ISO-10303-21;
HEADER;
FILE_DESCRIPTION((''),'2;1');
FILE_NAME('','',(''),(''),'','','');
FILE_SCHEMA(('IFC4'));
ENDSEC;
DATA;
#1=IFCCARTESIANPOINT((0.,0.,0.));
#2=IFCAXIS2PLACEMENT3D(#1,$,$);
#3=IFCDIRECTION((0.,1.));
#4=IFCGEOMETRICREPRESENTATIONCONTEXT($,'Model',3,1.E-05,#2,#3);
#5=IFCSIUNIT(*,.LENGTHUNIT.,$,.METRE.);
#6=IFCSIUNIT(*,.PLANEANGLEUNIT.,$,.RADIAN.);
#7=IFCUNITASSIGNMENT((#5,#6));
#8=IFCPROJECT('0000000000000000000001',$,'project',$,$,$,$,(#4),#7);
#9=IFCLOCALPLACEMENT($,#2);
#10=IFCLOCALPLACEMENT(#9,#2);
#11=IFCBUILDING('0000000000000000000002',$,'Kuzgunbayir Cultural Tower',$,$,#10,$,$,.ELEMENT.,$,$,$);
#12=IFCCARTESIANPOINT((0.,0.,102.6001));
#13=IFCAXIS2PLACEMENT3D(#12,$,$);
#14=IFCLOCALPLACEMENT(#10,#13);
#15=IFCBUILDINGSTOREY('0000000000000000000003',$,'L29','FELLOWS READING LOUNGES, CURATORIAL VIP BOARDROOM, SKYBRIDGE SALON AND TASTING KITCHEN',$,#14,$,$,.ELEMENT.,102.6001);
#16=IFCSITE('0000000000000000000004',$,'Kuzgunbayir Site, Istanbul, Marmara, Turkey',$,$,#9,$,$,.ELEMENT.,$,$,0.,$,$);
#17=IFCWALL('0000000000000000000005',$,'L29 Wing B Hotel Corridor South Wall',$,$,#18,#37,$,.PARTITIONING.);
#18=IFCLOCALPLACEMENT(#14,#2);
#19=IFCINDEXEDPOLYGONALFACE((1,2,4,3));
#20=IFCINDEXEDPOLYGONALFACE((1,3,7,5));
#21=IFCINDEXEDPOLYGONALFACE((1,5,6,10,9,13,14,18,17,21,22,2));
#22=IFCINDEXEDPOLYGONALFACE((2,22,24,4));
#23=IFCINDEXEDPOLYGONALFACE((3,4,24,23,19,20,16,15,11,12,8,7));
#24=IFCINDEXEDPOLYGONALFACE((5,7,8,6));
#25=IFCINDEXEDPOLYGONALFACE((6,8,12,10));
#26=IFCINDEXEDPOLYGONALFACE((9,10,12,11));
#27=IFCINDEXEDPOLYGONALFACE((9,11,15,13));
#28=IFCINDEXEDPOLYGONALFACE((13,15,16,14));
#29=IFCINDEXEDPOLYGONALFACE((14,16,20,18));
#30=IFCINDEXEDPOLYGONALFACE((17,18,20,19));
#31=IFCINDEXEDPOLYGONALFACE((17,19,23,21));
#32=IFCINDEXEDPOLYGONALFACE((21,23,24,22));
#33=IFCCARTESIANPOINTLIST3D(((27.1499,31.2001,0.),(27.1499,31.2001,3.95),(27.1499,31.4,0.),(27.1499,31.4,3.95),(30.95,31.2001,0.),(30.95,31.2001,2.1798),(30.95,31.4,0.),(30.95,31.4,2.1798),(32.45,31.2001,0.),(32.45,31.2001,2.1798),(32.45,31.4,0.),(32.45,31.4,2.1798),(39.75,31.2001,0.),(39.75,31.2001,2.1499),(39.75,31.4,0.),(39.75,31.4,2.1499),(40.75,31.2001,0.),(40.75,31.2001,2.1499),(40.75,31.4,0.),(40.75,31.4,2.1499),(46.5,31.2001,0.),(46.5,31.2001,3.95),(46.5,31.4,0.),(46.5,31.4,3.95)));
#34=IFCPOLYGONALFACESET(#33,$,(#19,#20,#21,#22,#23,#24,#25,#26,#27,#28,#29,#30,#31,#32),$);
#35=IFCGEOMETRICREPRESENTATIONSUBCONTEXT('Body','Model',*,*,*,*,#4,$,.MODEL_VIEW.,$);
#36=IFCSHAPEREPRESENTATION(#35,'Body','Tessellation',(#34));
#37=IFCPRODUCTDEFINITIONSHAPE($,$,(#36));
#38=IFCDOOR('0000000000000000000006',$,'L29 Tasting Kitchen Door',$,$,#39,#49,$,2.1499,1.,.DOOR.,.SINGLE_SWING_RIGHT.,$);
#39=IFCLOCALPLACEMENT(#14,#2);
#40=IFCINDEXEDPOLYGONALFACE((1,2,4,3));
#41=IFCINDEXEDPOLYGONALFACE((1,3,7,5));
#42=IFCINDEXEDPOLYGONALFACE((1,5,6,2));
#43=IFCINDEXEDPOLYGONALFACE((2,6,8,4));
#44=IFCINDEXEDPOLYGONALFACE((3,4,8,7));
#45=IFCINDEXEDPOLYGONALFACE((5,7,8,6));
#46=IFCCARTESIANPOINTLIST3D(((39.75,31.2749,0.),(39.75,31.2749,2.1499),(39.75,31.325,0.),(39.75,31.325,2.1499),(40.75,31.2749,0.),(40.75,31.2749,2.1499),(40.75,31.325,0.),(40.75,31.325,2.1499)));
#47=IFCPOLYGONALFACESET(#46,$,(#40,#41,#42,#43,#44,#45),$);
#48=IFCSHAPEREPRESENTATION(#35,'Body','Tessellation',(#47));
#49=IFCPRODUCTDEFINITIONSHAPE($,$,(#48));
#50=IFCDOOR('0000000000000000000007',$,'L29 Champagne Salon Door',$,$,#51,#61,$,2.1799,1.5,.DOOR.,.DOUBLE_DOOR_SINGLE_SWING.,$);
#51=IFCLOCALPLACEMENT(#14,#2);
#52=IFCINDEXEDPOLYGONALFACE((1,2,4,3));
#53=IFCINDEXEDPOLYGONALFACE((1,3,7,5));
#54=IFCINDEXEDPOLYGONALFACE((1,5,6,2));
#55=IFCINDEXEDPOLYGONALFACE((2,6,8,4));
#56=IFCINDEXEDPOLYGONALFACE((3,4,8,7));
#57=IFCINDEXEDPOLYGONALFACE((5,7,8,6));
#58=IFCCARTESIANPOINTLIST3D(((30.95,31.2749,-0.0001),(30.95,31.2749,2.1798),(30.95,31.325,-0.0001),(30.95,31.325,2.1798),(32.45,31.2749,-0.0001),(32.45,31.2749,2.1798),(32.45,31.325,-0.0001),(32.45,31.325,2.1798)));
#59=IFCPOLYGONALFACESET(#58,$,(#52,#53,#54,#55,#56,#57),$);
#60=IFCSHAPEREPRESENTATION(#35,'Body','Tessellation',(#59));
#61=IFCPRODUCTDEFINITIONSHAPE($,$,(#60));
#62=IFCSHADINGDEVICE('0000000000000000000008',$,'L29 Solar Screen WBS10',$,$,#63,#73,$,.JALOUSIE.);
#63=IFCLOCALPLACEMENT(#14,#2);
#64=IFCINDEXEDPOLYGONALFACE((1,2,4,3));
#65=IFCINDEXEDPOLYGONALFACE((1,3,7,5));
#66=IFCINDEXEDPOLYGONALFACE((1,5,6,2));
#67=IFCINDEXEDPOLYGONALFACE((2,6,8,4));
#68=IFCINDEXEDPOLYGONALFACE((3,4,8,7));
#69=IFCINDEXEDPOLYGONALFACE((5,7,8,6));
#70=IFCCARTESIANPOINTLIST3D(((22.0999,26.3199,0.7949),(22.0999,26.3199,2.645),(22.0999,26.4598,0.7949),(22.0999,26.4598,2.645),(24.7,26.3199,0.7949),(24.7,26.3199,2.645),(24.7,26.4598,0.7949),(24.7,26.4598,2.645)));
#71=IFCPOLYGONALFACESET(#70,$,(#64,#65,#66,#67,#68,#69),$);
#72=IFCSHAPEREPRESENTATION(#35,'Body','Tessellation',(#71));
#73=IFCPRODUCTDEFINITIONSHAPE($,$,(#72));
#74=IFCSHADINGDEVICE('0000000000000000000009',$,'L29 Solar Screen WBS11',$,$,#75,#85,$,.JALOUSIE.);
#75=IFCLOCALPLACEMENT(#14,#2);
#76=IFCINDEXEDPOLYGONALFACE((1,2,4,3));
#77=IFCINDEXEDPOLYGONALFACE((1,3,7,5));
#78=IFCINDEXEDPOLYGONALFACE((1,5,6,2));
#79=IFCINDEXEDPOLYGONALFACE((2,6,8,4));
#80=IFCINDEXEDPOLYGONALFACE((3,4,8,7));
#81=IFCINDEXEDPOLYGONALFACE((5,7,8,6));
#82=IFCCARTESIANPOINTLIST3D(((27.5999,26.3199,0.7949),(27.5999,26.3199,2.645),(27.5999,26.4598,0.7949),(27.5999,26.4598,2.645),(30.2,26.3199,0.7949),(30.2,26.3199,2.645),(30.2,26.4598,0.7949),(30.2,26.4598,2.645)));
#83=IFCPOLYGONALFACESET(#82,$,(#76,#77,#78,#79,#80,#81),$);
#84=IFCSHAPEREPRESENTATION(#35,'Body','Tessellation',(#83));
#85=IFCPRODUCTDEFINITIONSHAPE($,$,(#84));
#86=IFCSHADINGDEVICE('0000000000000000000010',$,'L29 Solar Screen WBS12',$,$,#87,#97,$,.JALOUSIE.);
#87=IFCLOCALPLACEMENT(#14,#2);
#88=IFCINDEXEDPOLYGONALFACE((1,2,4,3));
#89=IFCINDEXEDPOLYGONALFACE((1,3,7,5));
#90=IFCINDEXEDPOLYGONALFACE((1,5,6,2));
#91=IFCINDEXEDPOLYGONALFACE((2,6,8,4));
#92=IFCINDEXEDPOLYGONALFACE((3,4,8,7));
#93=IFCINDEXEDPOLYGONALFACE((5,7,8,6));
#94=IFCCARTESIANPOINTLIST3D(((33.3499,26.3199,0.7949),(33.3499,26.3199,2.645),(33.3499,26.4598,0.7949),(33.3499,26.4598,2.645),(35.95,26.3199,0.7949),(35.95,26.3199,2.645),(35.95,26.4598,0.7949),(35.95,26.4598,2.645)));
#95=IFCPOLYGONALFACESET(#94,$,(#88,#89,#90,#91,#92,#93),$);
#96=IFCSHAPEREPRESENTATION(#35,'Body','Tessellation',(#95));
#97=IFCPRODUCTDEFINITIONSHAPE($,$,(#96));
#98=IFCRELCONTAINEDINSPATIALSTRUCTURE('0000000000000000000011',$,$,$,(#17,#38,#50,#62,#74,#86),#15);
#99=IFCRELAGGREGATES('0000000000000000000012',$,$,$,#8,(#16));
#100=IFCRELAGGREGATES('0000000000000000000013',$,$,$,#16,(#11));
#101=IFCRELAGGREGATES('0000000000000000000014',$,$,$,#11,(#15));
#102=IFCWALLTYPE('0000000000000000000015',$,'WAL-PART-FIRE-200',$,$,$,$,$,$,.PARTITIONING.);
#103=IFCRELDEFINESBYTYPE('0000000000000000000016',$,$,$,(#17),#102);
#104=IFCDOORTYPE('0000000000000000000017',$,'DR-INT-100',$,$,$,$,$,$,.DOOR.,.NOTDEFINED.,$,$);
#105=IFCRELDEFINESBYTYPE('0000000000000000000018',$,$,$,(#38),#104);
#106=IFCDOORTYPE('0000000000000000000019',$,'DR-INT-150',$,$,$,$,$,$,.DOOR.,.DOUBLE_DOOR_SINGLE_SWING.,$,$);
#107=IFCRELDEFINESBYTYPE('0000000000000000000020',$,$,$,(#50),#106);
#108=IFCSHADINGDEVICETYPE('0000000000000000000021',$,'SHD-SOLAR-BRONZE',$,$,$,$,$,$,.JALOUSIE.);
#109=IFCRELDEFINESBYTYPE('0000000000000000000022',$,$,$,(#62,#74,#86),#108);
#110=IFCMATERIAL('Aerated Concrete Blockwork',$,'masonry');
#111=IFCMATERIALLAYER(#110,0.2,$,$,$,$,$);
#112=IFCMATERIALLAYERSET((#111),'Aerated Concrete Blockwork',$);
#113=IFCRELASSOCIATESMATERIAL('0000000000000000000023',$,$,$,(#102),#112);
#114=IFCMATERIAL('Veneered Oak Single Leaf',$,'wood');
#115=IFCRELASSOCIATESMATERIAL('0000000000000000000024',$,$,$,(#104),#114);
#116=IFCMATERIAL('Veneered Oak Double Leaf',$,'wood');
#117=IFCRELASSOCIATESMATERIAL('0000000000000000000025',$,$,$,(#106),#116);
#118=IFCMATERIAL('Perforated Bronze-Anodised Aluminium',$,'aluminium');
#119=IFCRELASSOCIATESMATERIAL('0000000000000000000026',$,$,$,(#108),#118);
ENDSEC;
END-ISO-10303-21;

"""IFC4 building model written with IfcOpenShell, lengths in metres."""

from ifc_helpers import new_model, si_unit, direction, frame, frame_2d, origin, origin_2d, place, context, subcontext, project, spatial, rectangle, extrude, material, layer, layer_set, type_object, element, fill, save


model = new_model("IFC4")

# Units and contexts
model_context = context("Model", 3, precision=1e-05, world=origin(), true_north=direction((0.0, 1.0)))
body_context = subcontext(model_context, "Body", "Model", "MODEL_VIEW")
ifc_project = project(units=[si_unit("LENGTHUNIT", "METRE"), si_unit("PLANEANGLEUNIT", "RADIAN")], contexts=[model_context])

# Site, building, storey
site_placement = place(None, origin())
site = spatial("IfcSite", under=ifc_project, at=site_placement, Name="Kuzgunbayir Site, Istanbul, Marmara, Turkey", CompositionType="ELEMENT", RefElevation=0.0)
building_placement = place(site_placement, origin())
building = spatial("IfcBuilding", under=site, at=building_placement, Name="Kuzgunbayir Cultural Tower", CompositionType="ELEMENT")
storey_placement = place(building_placement, frame((0.0, 0.0, 102.6001)))
storey = spatial("IfcBuildingStorey", under=building, at=storey_placement, Name="L29", Description="FELLOWS READING LOUNGES, CURATORIAL VIP BOARDROOM, SKYBRIDGE SALON AND TASTING KITCHEN", CompositionType="ELEMENT", Elevation=102.6001)

# Wall, openings, doors
ifc_material_1 = material(Name="Aerated Concrete Blockwork", Category="masonry")
ifc_layer_1 = layer(ifc_material_1, 0.2)
ifc_layer_set_1 = layer_set([ifc_layer_1], Name="Aerated Concrete Blockwork")
wall_type_1 = type_object("IfcWallType", Name="WAL-PART-FIRE-200", PredefinedType="PARTITIONING", material=ifc_layer_set_1)
wall_1_placement = place(storey_placement, frame((27.1499, 31.3, 0.0), z_axis=(0.0, 0.0, 1.0), x_axis=(1.0, 0.0, 0.0)))
wall_1 = element("IfcWall", 1, at=wall_1_placement, inside=storey, type_object=wall_type_1, Name="L29 Wing B Hotel Corridor South Wall", PredefinedType="PARTITIONING", context=body_context, shape_type="SweptSolid", body=[
    extrude(rectangle(XDim=19.3501, YDim=0.2, at=frame_2d((9.675, 0.0))), origin(), (0.0, 0.0, 1.0), 3.95),
])
opening_1_placement = place(wall_1_placement, frame((3.8, 0.0, 0.0)))
opening_1 = element("IfcOpeningElement", 2, at=opening_1_placement, cuts=wall_1, PredefinedType="OPENING", context=body_context, shape_type="SweptSolid", body=[
    extrude(rectangle(XDim=1.5, YDim=2.1799, at=frame_2d((0.75, 1.0898))), frame((0.0, 0.1099, 0.0), z_axis=(0.0, -1.0, 0.0), x_axis=(1.0, 0.0, 0.0)), (0.0, 0.0, 1.0), 0.22),
])
opening_2_placement = place(wall_1_placement, frame((12.6001, 0.0, 0.0)))
opening_2 = element("IfcOpeningElement", 3, at=opening_2_placement, cuts=wall_1, PredefinedType="OPENING", context=body_context, shape_type="SweptSolid", body=[
    extrude(rectangle(XDim=1.0, YDim=2.1499, at=frame_2d((0.5, 1.075))), frame((0.0, 0.1099, 0.0), z_axis=(0.0, -1.0, 0.0), x_axis=(1.0, 0.0, 0.0)), (0.0, 0.0, 1.0), 0.22),
])
ifc_material_2 = material(Name="Veneered Oak Single Leaf", Category="wood")
door_type_1 = type_object("IfcDoorType", Name="DR-INT-100", OperationType="NOTDEFINED", PredefinedType="DOOR", material=ifc_material_2)
door_1_placement = place(opening_2_placement, origin())
door_1 = element("IfcDoor", 4, at=door_1_placement, inside=storey, type_object=door_type_1, Name="L29 Tasting Kitchen Door", OperationType="SINGLE_SWING_RIGHT", OverallHeight=2.1499, OverallWidth=1.0, PredefinedType="DOOR", context=body_context, shape_type="SweptSolid", body=[
    extrude(rectangle(XDim=1.0, YDim=2.1499, at=frame_2d((0.5, 1.075))), frame((0.0, 0.0249, 0.0), z_axis=(0.0, -1.0, 0.0), x_axis=(1.0, 0.0, 0.0)), (0.0, 0.0, 1.0), 0.05),
])
fill(opening_2, door_1)
ifc_material_3 = material(Name="Veneered Oak Double Leaf", Category="wood")
door_type_2 = type_object("IfcDoorType", Name="DR-INT-150", OperationType="DOUBLE_DOOR_SINGLE_SWING", PredefinedType="DOOR", material=ifc_material_3)
door_2_placement = place(opening_1_placement, origin())
door_2 = element("IfcDoor", 5, at=door_2_placement, inside=storey, type_object=door_type_2, Name="L29 Champagne Salon Door", OperationType="DOUBLE_DOOR_SINGLE_SWING", OverallHeight=2.1799, OverallWidth=1.5, PredefinedType="DOOR", context=body_context, shape_type="SweptSolid", body=[
    extrude(rectangle(XDim=1.5, YDim=2.1799, at=frame_2d((0.75, 1.0898))), frame((0.0, 0.0249, 0.0), z_axis=(0.0, -1.0, 0.0), x_axis=(1.0, 0.0, 0.0)), (0.0, 0.0, 1.0), 0.05),
])
fill(opening_1, door_2)

# Shading devices
ifc_material_4 = material(Name="Perforated Bronze-Anodised Aluminium", Category="aluminium")
shading_device_type = type_object("IfcShadingDeviceType", Name="SHD-SOLAR-BRONZE", PredefinedType="JALOUSIE", material=ifc_material_4)
for number, where, z_axis, x_axis, name in (
    (6, (23.3999, 26.3899, 0.7949), (0.0, 0.0, 1.0), (1.0, 0.0, 0.0), "L29 Solar Screen WBS10"),
    (7, (28.8999, 26.3899, 0.7949), (0.0, 0.0, 1.0), (1.0, 0.0, 0.0), "L29 Solar Screen WBS11"),
    (8, (34.6499, 26.3899, 0.7949), (0.0, 0.0, 1.0), (1.0, 0.0, 0.0), "L29 Solar Screen WBS12"),
):
    element("IfcShadingDevice", number, at=place(storey_placement, frame(where, z_axis=z_axis, x_axis=x_axis)), inside=storey, type_object=shading_device_type, Name=name, PredefinedType="JALOUSIE", context=body_context, shape_type="SweptSolid", body=[
        extrude(rectangle(XDim=2.6001, YDim=0.1399, at=origin_2d()), origin(), (0.0, 0.0, 1.0), 1.8501),
    ])

save(model, "model.ifc")
